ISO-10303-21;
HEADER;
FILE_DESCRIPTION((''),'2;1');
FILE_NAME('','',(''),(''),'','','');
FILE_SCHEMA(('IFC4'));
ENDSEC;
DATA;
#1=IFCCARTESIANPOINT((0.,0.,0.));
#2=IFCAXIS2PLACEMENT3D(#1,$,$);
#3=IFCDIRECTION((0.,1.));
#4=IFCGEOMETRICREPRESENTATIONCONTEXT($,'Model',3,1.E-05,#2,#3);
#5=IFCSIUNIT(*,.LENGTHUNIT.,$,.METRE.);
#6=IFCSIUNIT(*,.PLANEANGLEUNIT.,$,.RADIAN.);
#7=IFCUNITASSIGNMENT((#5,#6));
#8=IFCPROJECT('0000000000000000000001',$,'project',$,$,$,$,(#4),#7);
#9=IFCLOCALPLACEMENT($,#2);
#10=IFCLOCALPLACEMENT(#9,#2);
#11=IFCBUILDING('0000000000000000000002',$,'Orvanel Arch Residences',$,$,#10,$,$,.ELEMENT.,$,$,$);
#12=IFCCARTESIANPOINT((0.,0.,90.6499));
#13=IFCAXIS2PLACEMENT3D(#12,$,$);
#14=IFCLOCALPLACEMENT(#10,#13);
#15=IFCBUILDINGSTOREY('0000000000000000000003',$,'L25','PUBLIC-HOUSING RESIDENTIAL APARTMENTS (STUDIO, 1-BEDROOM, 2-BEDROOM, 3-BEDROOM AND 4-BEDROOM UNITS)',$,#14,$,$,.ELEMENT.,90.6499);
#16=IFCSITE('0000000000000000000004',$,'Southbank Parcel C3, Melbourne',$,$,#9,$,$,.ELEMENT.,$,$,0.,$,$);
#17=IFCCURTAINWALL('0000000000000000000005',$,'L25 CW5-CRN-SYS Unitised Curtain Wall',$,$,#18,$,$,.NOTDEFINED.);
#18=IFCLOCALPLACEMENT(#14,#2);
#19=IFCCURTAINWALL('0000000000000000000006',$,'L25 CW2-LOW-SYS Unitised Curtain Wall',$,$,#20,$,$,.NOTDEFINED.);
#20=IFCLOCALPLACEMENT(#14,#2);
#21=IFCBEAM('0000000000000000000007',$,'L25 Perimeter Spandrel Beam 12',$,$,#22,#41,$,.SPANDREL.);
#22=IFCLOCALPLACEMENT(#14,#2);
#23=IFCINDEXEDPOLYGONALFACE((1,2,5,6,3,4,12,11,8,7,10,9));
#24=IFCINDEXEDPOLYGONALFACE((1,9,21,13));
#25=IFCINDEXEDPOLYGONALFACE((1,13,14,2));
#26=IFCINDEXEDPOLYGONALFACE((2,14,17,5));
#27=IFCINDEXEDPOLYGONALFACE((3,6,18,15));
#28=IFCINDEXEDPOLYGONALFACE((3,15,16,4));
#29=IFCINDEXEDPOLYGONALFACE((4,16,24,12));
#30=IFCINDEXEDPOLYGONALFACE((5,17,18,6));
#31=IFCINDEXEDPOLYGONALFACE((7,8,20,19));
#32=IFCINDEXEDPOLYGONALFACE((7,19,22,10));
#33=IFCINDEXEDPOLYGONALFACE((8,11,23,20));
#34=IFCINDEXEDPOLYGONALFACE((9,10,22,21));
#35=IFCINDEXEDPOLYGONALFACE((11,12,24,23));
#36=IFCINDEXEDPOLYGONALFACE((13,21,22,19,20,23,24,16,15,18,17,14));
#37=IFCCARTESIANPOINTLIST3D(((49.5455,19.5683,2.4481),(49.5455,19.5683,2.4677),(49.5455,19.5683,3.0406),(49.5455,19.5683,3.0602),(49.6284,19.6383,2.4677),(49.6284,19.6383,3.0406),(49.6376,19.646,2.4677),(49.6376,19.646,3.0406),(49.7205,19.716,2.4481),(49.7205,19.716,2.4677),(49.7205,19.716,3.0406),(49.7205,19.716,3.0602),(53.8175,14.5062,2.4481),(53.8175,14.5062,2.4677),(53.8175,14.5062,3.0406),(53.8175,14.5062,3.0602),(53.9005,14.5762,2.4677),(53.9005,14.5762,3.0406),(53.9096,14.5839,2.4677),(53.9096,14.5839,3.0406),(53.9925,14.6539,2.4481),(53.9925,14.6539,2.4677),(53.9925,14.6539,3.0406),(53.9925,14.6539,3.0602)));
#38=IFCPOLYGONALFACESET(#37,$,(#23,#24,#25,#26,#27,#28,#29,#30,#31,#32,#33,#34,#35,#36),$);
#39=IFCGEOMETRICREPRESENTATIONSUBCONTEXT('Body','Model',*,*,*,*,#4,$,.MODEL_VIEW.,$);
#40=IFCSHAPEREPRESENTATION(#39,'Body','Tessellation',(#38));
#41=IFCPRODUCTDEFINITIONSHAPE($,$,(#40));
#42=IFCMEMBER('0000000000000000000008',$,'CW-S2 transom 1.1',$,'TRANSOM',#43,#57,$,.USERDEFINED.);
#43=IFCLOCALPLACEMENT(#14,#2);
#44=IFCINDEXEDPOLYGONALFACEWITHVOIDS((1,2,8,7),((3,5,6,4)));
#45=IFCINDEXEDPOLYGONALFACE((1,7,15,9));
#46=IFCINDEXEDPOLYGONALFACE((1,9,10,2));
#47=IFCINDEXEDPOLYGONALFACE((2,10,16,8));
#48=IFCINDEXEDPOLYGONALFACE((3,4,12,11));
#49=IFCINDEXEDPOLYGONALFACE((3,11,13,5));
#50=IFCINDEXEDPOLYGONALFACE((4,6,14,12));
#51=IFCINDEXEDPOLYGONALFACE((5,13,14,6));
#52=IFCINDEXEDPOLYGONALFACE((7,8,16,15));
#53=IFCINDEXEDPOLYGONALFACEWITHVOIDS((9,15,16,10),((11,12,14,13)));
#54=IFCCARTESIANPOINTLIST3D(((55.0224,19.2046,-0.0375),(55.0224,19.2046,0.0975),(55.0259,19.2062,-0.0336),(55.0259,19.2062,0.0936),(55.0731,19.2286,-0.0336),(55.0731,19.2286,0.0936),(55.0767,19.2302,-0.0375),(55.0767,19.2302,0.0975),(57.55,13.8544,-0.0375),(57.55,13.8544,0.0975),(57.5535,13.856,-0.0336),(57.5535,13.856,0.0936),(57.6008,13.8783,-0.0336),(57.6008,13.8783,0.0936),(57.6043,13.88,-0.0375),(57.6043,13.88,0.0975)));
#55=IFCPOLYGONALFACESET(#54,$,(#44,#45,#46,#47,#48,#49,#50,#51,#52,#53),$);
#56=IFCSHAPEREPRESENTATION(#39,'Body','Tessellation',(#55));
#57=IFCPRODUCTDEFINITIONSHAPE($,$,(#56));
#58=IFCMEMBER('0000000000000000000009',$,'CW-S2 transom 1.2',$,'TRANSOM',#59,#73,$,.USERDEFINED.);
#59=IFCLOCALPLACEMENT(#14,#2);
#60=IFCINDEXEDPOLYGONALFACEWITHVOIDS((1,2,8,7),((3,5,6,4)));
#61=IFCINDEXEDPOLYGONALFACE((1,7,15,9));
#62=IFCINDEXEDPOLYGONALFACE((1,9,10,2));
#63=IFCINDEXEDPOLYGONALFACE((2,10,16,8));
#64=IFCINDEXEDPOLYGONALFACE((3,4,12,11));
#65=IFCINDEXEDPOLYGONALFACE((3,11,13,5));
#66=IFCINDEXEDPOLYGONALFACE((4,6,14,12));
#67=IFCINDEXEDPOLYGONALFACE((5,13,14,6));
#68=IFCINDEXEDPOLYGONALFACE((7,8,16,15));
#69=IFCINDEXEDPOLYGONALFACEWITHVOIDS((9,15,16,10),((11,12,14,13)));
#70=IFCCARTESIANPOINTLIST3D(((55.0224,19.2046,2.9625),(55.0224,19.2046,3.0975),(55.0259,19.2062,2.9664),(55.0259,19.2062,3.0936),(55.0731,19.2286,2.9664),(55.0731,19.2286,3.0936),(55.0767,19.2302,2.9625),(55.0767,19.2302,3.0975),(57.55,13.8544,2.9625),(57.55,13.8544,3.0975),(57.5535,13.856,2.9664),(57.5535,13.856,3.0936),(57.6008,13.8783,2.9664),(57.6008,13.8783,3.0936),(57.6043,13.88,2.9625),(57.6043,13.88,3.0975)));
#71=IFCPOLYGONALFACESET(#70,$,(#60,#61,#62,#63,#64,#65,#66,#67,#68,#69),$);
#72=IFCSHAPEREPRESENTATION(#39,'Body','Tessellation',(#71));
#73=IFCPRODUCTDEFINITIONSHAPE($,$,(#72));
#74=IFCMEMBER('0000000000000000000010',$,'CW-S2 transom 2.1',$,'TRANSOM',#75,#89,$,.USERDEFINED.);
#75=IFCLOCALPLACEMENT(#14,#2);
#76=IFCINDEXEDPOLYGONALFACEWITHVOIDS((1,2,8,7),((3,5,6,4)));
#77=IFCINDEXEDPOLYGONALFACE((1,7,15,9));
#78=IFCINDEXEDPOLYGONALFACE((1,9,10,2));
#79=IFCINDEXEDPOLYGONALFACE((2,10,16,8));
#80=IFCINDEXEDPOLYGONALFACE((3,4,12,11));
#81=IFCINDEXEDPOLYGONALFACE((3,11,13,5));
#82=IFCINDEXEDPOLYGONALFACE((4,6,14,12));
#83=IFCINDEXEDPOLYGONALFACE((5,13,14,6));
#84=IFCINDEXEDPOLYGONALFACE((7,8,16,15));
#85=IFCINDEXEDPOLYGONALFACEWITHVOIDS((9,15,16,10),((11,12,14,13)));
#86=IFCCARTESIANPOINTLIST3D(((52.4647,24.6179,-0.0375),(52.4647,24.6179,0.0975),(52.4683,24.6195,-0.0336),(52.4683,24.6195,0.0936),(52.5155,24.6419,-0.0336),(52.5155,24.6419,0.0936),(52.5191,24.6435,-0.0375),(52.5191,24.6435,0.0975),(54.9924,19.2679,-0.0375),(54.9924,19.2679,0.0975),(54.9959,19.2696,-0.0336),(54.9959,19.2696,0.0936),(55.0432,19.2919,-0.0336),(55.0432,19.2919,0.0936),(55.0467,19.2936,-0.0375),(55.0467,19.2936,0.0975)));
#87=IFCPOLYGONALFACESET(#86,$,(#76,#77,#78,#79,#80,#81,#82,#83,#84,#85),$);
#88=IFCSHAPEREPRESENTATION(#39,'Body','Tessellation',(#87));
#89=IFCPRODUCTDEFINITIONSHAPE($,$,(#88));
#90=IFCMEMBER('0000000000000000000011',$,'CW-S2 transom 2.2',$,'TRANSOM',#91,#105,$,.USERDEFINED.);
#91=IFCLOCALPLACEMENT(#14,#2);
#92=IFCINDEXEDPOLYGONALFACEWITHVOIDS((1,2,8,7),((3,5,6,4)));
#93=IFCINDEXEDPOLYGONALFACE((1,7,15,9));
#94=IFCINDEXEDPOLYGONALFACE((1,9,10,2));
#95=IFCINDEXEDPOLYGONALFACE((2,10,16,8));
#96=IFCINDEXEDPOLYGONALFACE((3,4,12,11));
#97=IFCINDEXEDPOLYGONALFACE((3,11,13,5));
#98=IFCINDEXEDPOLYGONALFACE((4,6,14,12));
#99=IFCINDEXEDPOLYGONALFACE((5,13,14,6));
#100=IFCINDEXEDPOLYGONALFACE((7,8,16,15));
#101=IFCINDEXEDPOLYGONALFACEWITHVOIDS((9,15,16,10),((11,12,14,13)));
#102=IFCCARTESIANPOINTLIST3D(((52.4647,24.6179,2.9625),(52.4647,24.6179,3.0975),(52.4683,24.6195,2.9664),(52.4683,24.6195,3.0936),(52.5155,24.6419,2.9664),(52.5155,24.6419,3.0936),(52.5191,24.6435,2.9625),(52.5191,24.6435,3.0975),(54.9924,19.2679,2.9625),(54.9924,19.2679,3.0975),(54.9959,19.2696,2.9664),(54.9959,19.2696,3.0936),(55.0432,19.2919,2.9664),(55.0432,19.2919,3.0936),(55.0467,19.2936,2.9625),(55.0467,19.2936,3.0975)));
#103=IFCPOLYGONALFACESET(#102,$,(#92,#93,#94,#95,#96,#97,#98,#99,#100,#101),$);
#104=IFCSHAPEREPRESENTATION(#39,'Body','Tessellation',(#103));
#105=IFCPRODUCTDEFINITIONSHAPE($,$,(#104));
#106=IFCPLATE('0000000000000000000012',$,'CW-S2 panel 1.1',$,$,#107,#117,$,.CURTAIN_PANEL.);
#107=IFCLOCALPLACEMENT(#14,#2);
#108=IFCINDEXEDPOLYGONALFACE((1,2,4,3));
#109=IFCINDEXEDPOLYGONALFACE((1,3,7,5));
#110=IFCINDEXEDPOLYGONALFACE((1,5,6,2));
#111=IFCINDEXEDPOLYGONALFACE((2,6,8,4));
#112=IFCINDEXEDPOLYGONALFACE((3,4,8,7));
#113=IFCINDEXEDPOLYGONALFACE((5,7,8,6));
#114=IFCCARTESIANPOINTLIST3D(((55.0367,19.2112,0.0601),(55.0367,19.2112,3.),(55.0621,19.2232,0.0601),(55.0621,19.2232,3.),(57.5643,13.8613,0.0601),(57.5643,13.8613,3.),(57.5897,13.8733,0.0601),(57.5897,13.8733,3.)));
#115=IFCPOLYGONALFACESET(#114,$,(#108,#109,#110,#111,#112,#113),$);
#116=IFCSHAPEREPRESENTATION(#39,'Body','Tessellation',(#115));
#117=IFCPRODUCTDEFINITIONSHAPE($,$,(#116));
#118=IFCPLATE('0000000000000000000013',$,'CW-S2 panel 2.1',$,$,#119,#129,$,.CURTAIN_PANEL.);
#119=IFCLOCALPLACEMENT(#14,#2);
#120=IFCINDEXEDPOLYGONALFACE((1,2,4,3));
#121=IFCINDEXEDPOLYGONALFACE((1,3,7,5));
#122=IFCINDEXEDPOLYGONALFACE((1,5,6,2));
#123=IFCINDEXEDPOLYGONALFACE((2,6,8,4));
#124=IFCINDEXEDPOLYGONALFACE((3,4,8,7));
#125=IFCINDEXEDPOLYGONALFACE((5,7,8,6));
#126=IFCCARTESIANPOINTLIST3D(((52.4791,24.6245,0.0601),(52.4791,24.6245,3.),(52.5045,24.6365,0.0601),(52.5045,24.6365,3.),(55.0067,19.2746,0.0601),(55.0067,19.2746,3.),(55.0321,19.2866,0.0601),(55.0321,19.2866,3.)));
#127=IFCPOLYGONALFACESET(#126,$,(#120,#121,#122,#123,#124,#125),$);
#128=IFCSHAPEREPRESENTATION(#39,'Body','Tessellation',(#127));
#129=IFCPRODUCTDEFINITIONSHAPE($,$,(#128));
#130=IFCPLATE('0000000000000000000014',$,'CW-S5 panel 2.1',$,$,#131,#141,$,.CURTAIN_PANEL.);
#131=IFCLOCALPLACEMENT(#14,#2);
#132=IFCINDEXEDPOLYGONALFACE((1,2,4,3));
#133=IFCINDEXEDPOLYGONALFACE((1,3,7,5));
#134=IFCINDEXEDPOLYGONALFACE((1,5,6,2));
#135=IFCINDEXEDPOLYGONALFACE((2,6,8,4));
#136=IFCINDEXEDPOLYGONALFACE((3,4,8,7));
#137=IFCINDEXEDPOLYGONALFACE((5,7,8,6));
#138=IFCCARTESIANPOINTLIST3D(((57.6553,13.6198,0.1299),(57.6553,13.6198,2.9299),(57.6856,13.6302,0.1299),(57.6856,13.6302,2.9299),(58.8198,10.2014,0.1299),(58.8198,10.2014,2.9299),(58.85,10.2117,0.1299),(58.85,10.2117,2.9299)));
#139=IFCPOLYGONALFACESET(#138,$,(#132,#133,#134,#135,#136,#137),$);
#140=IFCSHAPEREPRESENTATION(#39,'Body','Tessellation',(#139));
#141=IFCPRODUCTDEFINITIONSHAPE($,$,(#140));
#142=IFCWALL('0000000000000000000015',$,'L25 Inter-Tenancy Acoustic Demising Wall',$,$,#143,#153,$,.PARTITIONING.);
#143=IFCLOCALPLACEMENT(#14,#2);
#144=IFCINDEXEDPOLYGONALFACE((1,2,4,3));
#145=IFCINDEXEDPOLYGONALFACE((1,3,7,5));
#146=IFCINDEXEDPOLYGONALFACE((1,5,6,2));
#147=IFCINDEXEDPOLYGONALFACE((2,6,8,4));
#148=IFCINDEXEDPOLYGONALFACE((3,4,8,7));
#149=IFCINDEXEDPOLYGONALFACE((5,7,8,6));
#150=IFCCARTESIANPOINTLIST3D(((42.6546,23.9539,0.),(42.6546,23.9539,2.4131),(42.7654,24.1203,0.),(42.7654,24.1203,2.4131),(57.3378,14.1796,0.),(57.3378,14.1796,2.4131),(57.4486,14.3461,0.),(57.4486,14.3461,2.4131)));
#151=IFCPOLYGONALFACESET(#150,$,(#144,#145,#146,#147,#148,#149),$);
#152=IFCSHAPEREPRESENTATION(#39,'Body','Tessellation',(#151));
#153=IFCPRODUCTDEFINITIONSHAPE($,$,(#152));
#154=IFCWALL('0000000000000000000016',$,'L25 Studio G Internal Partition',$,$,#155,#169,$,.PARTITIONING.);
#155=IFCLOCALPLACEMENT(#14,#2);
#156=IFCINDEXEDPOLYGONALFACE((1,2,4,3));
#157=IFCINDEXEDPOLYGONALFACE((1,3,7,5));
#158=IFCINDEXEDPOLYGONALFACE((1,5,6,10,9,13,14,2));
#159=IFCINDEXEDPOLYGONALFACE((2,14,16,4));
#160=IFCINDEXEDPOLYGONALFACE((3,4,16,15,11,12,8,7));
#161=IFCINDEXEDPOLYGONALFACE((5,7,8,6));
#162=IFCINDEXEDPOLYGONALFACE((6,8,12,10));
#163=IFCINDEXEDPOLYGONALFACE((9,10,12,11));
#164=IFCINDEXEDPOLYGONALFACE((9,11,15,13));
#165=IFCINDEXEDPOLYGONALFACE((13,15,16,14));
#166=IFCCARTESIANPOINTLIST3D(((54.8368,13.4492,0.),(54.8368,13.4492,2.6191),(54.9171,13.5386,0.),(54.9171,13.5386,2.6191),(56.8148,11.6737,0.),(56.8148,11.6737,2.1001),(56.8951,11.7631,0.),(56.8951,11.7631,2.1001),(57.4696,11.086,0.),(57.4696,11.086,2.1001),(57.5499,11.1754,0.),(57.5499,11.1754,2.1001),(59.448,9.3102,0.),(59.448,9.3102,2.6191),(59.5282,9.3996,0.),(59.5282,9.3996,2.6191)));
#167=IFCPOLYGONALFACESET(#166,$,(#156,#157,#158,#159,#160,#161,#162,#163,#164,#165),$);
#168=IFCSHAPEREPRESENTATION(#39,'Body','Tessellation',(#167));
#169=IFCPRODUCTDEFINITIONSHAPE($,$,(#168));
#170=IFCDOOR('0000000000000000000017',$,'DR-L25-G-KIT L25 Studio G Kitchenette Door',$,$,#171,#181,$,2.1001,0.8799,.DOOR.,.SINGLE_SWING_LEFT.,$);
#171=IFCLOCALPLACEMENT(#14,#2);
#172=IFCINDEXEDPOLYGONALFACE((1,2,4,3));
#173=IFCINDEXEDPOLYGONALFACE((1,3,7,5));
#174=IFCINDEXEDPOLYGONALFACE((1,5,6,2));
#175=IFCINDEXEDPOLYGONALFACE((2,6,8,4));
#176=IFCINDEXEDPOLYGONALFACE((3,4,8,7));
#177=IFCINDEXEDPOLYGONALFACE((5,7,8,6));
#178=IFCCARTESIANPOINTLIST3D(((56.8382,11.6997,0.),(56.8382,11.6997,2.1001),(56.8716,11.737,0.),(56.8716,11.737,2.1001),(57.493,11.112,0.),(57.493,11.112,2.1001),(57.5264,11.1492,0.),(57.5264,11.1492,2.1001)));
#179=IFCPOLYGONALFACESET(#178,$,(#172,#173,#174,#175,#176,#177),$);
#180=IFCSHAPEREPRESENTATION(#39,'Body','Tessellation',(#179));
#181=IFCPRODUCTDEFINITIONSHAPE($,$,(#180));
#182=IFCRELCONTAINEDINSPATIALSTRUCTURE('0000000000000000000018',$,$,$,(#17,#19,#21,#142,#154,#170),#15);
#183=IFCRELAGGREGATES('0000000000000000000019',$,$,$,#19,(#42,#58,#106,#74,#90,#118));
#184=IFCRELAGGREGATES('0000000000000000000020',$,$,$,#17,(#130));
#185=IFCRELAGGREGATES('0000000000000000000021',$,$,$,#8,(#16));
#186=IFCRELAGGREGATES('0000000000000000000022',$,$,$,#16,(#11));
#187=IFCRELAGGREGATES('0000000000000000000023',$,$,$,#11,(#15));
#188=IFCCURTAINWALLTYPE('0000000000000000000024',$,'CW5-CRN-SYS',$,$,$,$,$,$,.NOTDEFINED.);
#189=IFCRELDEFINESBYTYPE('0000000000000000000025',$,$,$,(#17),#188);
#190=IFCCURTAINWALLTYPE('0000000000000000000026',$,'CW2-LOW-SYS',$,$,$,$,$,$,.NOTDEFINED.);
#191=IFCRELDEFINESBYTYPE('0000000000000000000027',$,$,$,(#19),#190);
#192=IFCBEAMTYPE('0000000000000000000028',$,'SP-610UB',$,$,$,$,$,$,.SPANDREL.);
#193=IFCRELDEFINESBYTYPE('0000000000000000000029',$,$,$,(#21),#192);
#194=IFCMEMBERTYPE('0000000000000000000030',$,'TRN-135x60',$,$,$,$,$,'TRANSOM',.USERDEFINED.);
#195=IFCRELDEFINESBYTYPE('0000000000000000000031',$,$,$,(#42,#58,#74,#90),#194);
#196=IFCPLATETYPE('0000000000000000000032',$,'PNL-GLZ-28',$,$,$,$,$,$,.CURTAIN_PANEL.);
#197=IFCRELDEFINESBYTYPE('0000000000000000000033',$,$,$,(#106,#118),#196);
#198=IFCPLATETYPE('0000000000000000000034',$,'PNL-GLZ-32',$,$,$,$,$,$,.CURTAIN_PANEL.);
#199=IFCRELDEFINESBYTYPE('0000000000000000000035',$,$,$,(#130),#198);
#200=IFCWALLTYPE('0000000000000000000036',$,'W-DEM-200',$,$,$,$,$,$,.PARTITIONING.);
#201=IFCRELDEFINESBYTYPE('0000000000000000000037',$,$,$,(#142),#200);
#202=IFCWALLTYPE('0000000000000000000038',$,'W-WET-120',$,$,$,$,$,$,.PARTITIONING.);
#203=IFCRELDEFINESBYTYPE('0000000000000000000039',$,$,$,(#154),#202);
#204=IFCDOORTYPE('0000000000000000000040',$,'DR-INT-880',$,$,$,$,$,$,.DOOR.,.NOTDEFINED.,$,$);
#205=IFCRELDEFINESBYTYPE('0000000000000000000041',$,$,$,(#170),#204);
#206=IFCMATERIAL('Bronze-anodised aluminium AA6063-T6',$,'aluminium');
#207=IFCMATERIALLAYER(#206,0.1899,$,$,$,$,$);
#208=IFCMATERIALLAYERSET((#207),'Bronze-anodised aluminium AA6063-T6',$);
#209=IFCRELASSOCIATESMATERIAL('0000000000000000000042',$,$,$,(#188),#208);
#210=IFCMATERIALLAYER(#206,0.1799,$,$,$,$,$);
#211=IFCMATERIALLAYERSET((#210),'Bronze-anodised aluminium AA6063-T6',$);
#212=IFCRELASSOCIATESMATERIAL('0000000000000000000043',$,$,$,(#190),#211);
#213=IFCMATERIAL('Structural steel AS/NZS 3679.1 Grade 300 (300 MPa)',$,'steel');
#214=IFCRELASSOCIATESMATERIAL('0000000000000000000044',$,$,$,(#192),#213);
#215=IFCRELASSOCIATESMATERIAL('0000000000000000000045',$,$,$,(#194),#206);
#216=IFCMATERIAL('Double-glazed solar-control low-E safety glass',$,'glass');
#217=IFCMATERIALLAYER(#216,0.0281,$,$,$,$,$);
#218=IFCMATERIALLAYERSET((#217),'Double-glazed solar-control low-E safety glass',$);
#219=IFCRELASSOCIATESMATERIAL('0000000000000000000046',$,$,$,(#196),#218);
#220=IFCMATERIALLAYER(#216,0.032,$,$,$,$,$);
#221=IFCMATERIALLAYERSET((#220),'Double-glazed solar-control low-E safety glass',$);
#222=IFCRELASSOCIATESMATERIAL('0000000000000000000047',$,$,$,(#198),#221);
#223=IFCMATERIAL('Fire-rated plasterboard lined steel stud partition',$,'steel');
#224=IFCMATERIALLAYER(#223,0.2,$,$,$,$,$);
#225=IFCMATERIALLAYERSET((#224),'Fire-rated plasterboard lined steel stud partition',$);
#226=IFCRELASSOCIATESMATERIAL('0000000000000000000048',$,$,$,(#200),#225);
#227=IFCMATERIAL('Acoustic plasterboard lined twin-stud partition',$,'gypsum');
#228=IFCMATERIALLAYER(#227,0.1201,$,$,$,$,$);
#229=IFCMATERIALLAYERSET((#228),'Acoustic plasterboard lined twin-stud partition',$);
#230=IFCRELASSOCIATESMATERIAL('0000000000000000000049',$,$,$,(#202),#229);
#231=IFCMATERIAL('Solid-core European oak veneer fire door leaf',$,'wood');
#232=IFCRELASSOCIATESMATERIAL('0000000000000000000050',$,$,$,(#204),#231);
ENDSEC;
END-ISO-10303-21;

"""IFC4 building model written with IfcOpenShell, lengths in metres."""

from ifc_helpers import new_model, si_unit, direction, frame, frame_2d, origin, origin_2d, place, context, subcontext, project, spatial, rectangle, hollow_rectangle, i_section, extrude, material, layer, layer_set, material_profile, profile_set, type_object, element, fill, aggregate, save


model = new_model("IFC4")

# Units and contexts
model_context = context("Model", 3, precision=1e-05, world=origin(), true_north=direction((0.0, 1.0)))
body_context = subcontext(model_context, "Body", "Model", "MODEL_VIEW")
ifc_project = project(units=[si_unit("LENGTHUNIT", "METRE"), si_unit("PLANEANGLEUNIT", "RADIAN")], contexts=[model_context])

# Site, building, storey
site_placement = place(None, origin())
site = spatial("IfcSite", under=ifc_project, at=site_placement, Name="Southbank Parcel C3, Melbourne", CompositionType="ELEMENT", RefElevation=0.0)
building_placement = place(site_placement, origin())
building = spatial("IfcBuilding", under=site, at=building_placement, Name="Orvanel Arch Residences", CompositionType="ELEMENT")
storey_placement = place(building_placement, frame((0.0, 0.0, 90.6499)))
storey = spatial("IfcBuildingStorey", under=building, at=storey_placement, Name="L25", Description="PUBLIC-HOUSING RESIDENTIAL APARTMENTS (STUDIO, 1-BEDROOM, 2-BEDROOM, 3-BEDROOM AND 4-BEDROOM UNITS)", CompositionType="ELEMENT", Elevation=90.6499)

# Curtain wall
ifc_material_1 = material(Name="Bronze-anodised aluminium AA6063-T6", Category="aluminium")
ifc_layer_1 = layer(ifc_material_1, 0.1899)
ifc_layer_set_1 = layer_set([ifc_layer_1], Name="Bronze-anodised aluminium AA6063-T6")
curtain_wall_type_1 = type_object("IfcCurtainWallType", Name="CW5-CRN-SYS", PredefinedType="NOTDEFINED", material=ifc_layer_set_1)
curtain_wall_1_placement = place(storey_placement, origin())
curtain_wall_1 = element("IfcCurtainWall", 1, at=curtain_wall_1_placement, inside=storey, type_object=curtain_wall_type_1, Name="L25 CW5-CRN-SYS Unitised Curtain Wall", PredefinedType="NOTDEFINED")

# Curtain wall
ifc_layer_2 = layer(ifc_material_1, 0.1799)
ifc_layer_set_2 = layer_set([ifc_layer_2], Name="Bronze-anodised aluminium AA6063-T6")
curtain_wall_type_2 = type_object("IfcCurtainWallType", Name="CW2-LOW-SYS", PredefinedType="NOTDEFINED", material=ifc_layer_set_2)
curtain_wall_2_placement = place(storey_placement, origin())
curtain_wall_2 = element("IfcCurtainWall", 2, at=curtain_wall_2_placement, inside=storey, type_object=curtain_wall_type_2, Name="L25 CW2-LOW-SYS Unitised Curtain Wall", PredefinedType="NOTDEFINED")

# Beam
ifc_material_2 = material(Name="Structural steel AS/NZS 3679.1 Grade 300 (300 MPa)", Category="steel")
ifc_material_profile_1 = material_profile(ifc_material_2, i_section(OverallWidth=0.229, OverallDepth=0.6121, WebThickness=0.012, FlangeThickness=0.0195, at=origin_2d()), Name="610UB125")
ifc_profile_set_1 = profile_set([ifc_material_profile_1], Name="Structural steel AS/NZS 3679.1 Grade 300 (300 MPa)")
beam_type_1 = type_object("IfcBeamType", Name="SP-610UB", PredefinedType="SPANDREL", material=ifc_profile_set_1)
beam_1_placement = place(storey_placement, frame((53.905, 14.5801, 2.7542), z_axis=(-0.64495, 0.764224, 0.0), x_axis=(-0.764224, -0.64495, 0.0)))
element("IfcBeam", 3, at=beam_1_placement, inside=storey, type_object=beam_type_1, Name="L25 Perimeter Spandrel Beam 12", PredefinedType="SPANDREL", context=body_context, shape_type="SweptSolid", body=[
    extrude(i_section(OverallWidth=0.229, OverallDepth=0.6121, WebThickness=0.012, FlangeThickness=0.0195, at=origin_2d()), origin(), (0.0, 0.0, 1.0), 6.6238),
])

# Members
ifc_material_profile_2 = material_profile(ifc_material_1, hollow_rectangle(XDim=0.0601, YDim=0.135, WallThickness=0.0039, at=origin_2d()), Name="ALU135x60x4")
ifc_profile_set_2 = profile_set([ifc_material_profile_2], Name="Bronze-anodised aluminium AA6063-T6")
member_type_1 = type_object("IfcMemberType", Name="TRN-135x60", ElementType="TRANSOM", PredefinedType="USERDEFINED", material=ifc_profile_set_2)
member_1_placement = place(storey_placement, frame((57.5771, 13.8672, 0.03), z_axis=(-0.427166, 0.904173, 0.0), x_axis=(-0.904173, -0.427166, 0.0)))
member_1 = element("IfcMember", 4, at=member_1_placement, type_object=member_type_1, Name="CW-S2 transom 1.1", ObjectType="TRANSOM", PredefinedType="USERDEFINED", context=body_context, shape_type="SweptSolid", body=[
    extrude(hollow_rectangle(XDim=0.0601, YDim=0.135, WallThickness=0.0039, at=origin_2d()), origin(), (0.0, 0.0, 1.0), 5.9172),
])
member_2_placement = place(storey_placement, frame((57.5771, 13.8672, 3.03), z_axis=(-0.427166, 0.904173, 0.0), x_axis=(-0.904173, -0.427166, 0.0)))
member_2 = element("IfcMember", 5, at=member_2_placement, type_object=member_type_1, Name="CW-S2 transom 1.2", ObjectType="TRANSOM", PredefinedType="USERDEFINED", context=body_context, shape_type="SweptSolid", body=[
    extrude(hollow_rectangle(XDim=0.0601, YDim=0.135, WallThickness=0.0039, at=origin_2d()), origin(), (0.0, 0.0, 1.0), 5.9172),
])
member_3_placement = place(storey_placement, frame((55.0195, 19.2808, 0.03), z_axis=(-0.427182, 0.904166, 0.0), x_axis=(-0.904166, -0.427182, 0.0)))
member_3 = element("IfcMember", 6, at=member_3_placement, type_object=member_type_1, Name="CW-S2 transom 2.1", ObjectType="TRANSOM", PredefinedType="USERDEFINED", context=body_context, shape_type="SweptSolid", body=[
    extrude(hollow_rectangle(XDim=0.0601, YDim=0.135, WallThickness=0.0039, at=origin_2d()), origin(), (0.0, 0.0, 1.0), 5.917),
])
member_4_placement = place(storey_placement, frame((55.0195, 19.2808, 3.03), z_axis=(-0.427182, 0.904166, 0.0), x_axis=(-0.904166, -0.427182, 0.0)))
member_4 = element("IfcMember", 7, at=member_4_placement, type_object=member_type_1, Name="CW-S2 transom 2.2", ObjectType="TRANSOM", PredefinedType="USERDEFINED", context=body_context, shape_type="SweptSolid", body=[
    extrude(hollow_rectangle(XDim=0.0601, YDim=0.135, WallThickness=0.0039, at=origin_2d()), origin(), (0.0, 0.0, 1.0), 5.917),
])

# Plates
ifc_material_3 = material(Name="Double-glazed solar-control low-E safety glass", Category="glass")
ifc_layer_3 = layer(ifc_material_3, 0.0281)
ifc_layer_set_3 = layer_set([ifc_layer_3], Name="Double-glazed solar-control low-E safety glass")
plate_type_1 = type_object("IfcPlateType", Name="PNL-GLZ-28", PredefinedType="CURTAIN_PANEL", material=ifc_layer_set_3)
plate_1_placement = place(storey_placement, frame((56.3132, 16.5422, 0.0601), z_axis=(0.0, 0.0, 1.0), x_axis=(-0.427176, 0.904168, 0.0)))
plate_1 = element("IfcPlate", 8, at=plate_1_placement, type_object=plate_type_1, Name="CW-S2 panel 1.1", PredefinedType="CURTAIN_PANEL", context=body_context, shape_type="SweptSolid", body=[
    extrude(rectangle(XDim=5.917, YDim=0.0281, at=origin_2d()), origin(), (0.0, 0.0, 1.0), 2.9399),
])
plate_2_placement = place(storey_placement, frame((53.7556, 21.9556, 0.0601), z_axis=(0.0, 0.0, 1.0), x_axis=(-0.427176, 0.904168, 0.0)))
plate_2 = element("IfcPlate", 9, at=plate_2_placement, type_object=plate_type_1, Name="CW-S2 panel 2.1", PredefinedType="CURTAIN_PANEL", context=body_context, shape_type="SweptSolid", body=[
    extrude(rectangle(XDim=5.917, YDim=0.0281, at=origin_2d()), origin(), (0.0, 0.0, 1.0), 2.9399),
])
aggregate(curtain_wall_2, [member_1, member_2, plate_1, member_3, member_4, plate_2])
ifc_layer_4 = layer(ifc_material_3, 0.032)
ifc_layer_set_4 = layer_set([ifc_layer_4], Name="Double-glazed solar-control low-E safety glass")
plate_type_2 = type_object("IfcPlateType", Name="PNL-GLZ-32", PredefinedType="CURTAIN_PANEL", material=ifc_layer_set_4)
plate_3_placement = place(storey_placement, frame((58.2527, 11.9158, 0.1299), z_axis=(0.0, 0.0, 1.0), x_axis=(-0.322438, 0.946591, 0.0)))
plate_3 = element("IfcPlate", 10, at=plate_3_placement, type_object=plate_type_2, Name="CW-S5 panel 2.1", PredefinedType="CURTAIN_PANEL", context=body_context, shape_type="SweptSolid", body=[
    extrude(rectangle(XDim=3.6113, YDim=0.032, at=origin_2d()), origin(), (0.0, 0.0, 1.0), 2.8),
])
aggregate(curtain_wall_1, [plate_3])

# Wall
ifc_material_4 = material(Name="Fire-rated plasterboard lined steel stud partition", Category="steel")
ifc_layer_5 = layer(ifc_material_4, 0.2)
ifc_layer_set_5 = layer_set([ifc_layer_5], Name="Fire-rated plasterboard lined steel stud partition")
wall_type_1 = type_object("IfcWallType", Name="W-DEM-200", PredefinedType="PARTITIONING", material=ifc_layer_set_5)
wall_1_placement = place(storey_placement, frame((57.3931, 14.2629, 0.0), z_axis=(0.0, 0.0, 1.0), x_axis=(-0.832431, 0.554128, 0.0)))
element("IfcWall", 11, at=wall_1_placement, inside=storey, type_object=wall_type_1, Name="L25 Inter-Tenancy Acoustic Demising Wall", PredefinedType="PARTITIONING", context=body_context, shape_type="SweptSolid", body=[
    extrude(rectangle(XDim=17.6389, YDim=0.2, at=frame_2d((8.8193, 0.0))), origin(), (0.0, 0.0, 1.0), 2.4131),
])

# Wall, opening, door
ifc_material_5 = material(Name="Acoustic plasterboard lined twin-stud partition", Category="gypsum")
ifc_layer_6 = layer(ifc_material_5, 0.1201)
ifc_layer_set_6 = layer_set([ifc_layer_6], Name="Acoustic plasterboard lined twin-stud partition")
wall_type_2 = type_object("IfcWallType", Name="W-WET-120", PredefinedType="PARTITIONING", material=ifc_layer_set_6)
wall_2_placement = place(storey_placement, frame((54.877, 13.4939, 0.0), z_axis=(0.0, 0.0, 1.0), x_axis=(0.744181, -0.667978, 0.0)))
wall_2 = element("IfcWall", 12, at=wall_2_placement, inside=storey, type_object=wall_type_2, Name="L25 Studio G Internal Partition", PredefinedType="PARTITIONING", context=body_context, shape_type="SweptSolid", body=[
    extrude(rectangle(XDim=6.1963, YDim=0.1201, at=frame_2d((3.0981, 0.0))), origin(), (0.0, 0.0, 1.0), 2.6191),
])
opening_placement = place(wall_2_placement, frame((2.658, 0.0, 0.0)))
opening = element("IfcOpeningElement", 13, at=opening_placement, cuts=wall_2, PredefinedType="OPENING", context=body_context, shape_type="SweptSolid", body=[
    extrude(rectangle(XDim=0.8799, YDim=2.1001, at=frame_2d((0.4399, 1.05))), frame((0.0, 0.0701, 0.0), z_axis=(0.0, -1.0, 0.0), x_axis=(1.0, 0.0, 0.0)), (0.0, 0.0, 1.0), 0.1401),
])
ifc_material_6 = material(Name="Solid-core European oak veneer fire door leaf", Category="wood")
door_type = type_object("IfcDoorType", Name="DR-INT-880", OperationType="NOTDEFINED", PredefinedType="DOOR", material=ifc_material_6)
door_placement = place(opening_placement, origin())
door = element("IfcDoor", 14, at=door_placement, inside=storey, type_object=door_type, Name="DR-L25-G-KIT L25 Studio G Kitchenette Door", OperationType="SINGLE_SWING_LEFT", OverallHeight=2.1001, OverallWidth=0.8799, PredefinedType="DOOR", context=body_context, shape_type="SweptSolid", body=[
    extrude(rectangle(XDim=0.8799, YDim=2.1001, at=frame_2d((0.4399, 1.05))), frame((0.0, 0.0249, 0.0), z_axis=(0.0, -1.0, 0.0), x_axis=(1.0, 0.0, 0.0)), (0.0, 0.0, 1.0), 0.05),
])
fill(opening, door)

save(model, "model.ifc")
